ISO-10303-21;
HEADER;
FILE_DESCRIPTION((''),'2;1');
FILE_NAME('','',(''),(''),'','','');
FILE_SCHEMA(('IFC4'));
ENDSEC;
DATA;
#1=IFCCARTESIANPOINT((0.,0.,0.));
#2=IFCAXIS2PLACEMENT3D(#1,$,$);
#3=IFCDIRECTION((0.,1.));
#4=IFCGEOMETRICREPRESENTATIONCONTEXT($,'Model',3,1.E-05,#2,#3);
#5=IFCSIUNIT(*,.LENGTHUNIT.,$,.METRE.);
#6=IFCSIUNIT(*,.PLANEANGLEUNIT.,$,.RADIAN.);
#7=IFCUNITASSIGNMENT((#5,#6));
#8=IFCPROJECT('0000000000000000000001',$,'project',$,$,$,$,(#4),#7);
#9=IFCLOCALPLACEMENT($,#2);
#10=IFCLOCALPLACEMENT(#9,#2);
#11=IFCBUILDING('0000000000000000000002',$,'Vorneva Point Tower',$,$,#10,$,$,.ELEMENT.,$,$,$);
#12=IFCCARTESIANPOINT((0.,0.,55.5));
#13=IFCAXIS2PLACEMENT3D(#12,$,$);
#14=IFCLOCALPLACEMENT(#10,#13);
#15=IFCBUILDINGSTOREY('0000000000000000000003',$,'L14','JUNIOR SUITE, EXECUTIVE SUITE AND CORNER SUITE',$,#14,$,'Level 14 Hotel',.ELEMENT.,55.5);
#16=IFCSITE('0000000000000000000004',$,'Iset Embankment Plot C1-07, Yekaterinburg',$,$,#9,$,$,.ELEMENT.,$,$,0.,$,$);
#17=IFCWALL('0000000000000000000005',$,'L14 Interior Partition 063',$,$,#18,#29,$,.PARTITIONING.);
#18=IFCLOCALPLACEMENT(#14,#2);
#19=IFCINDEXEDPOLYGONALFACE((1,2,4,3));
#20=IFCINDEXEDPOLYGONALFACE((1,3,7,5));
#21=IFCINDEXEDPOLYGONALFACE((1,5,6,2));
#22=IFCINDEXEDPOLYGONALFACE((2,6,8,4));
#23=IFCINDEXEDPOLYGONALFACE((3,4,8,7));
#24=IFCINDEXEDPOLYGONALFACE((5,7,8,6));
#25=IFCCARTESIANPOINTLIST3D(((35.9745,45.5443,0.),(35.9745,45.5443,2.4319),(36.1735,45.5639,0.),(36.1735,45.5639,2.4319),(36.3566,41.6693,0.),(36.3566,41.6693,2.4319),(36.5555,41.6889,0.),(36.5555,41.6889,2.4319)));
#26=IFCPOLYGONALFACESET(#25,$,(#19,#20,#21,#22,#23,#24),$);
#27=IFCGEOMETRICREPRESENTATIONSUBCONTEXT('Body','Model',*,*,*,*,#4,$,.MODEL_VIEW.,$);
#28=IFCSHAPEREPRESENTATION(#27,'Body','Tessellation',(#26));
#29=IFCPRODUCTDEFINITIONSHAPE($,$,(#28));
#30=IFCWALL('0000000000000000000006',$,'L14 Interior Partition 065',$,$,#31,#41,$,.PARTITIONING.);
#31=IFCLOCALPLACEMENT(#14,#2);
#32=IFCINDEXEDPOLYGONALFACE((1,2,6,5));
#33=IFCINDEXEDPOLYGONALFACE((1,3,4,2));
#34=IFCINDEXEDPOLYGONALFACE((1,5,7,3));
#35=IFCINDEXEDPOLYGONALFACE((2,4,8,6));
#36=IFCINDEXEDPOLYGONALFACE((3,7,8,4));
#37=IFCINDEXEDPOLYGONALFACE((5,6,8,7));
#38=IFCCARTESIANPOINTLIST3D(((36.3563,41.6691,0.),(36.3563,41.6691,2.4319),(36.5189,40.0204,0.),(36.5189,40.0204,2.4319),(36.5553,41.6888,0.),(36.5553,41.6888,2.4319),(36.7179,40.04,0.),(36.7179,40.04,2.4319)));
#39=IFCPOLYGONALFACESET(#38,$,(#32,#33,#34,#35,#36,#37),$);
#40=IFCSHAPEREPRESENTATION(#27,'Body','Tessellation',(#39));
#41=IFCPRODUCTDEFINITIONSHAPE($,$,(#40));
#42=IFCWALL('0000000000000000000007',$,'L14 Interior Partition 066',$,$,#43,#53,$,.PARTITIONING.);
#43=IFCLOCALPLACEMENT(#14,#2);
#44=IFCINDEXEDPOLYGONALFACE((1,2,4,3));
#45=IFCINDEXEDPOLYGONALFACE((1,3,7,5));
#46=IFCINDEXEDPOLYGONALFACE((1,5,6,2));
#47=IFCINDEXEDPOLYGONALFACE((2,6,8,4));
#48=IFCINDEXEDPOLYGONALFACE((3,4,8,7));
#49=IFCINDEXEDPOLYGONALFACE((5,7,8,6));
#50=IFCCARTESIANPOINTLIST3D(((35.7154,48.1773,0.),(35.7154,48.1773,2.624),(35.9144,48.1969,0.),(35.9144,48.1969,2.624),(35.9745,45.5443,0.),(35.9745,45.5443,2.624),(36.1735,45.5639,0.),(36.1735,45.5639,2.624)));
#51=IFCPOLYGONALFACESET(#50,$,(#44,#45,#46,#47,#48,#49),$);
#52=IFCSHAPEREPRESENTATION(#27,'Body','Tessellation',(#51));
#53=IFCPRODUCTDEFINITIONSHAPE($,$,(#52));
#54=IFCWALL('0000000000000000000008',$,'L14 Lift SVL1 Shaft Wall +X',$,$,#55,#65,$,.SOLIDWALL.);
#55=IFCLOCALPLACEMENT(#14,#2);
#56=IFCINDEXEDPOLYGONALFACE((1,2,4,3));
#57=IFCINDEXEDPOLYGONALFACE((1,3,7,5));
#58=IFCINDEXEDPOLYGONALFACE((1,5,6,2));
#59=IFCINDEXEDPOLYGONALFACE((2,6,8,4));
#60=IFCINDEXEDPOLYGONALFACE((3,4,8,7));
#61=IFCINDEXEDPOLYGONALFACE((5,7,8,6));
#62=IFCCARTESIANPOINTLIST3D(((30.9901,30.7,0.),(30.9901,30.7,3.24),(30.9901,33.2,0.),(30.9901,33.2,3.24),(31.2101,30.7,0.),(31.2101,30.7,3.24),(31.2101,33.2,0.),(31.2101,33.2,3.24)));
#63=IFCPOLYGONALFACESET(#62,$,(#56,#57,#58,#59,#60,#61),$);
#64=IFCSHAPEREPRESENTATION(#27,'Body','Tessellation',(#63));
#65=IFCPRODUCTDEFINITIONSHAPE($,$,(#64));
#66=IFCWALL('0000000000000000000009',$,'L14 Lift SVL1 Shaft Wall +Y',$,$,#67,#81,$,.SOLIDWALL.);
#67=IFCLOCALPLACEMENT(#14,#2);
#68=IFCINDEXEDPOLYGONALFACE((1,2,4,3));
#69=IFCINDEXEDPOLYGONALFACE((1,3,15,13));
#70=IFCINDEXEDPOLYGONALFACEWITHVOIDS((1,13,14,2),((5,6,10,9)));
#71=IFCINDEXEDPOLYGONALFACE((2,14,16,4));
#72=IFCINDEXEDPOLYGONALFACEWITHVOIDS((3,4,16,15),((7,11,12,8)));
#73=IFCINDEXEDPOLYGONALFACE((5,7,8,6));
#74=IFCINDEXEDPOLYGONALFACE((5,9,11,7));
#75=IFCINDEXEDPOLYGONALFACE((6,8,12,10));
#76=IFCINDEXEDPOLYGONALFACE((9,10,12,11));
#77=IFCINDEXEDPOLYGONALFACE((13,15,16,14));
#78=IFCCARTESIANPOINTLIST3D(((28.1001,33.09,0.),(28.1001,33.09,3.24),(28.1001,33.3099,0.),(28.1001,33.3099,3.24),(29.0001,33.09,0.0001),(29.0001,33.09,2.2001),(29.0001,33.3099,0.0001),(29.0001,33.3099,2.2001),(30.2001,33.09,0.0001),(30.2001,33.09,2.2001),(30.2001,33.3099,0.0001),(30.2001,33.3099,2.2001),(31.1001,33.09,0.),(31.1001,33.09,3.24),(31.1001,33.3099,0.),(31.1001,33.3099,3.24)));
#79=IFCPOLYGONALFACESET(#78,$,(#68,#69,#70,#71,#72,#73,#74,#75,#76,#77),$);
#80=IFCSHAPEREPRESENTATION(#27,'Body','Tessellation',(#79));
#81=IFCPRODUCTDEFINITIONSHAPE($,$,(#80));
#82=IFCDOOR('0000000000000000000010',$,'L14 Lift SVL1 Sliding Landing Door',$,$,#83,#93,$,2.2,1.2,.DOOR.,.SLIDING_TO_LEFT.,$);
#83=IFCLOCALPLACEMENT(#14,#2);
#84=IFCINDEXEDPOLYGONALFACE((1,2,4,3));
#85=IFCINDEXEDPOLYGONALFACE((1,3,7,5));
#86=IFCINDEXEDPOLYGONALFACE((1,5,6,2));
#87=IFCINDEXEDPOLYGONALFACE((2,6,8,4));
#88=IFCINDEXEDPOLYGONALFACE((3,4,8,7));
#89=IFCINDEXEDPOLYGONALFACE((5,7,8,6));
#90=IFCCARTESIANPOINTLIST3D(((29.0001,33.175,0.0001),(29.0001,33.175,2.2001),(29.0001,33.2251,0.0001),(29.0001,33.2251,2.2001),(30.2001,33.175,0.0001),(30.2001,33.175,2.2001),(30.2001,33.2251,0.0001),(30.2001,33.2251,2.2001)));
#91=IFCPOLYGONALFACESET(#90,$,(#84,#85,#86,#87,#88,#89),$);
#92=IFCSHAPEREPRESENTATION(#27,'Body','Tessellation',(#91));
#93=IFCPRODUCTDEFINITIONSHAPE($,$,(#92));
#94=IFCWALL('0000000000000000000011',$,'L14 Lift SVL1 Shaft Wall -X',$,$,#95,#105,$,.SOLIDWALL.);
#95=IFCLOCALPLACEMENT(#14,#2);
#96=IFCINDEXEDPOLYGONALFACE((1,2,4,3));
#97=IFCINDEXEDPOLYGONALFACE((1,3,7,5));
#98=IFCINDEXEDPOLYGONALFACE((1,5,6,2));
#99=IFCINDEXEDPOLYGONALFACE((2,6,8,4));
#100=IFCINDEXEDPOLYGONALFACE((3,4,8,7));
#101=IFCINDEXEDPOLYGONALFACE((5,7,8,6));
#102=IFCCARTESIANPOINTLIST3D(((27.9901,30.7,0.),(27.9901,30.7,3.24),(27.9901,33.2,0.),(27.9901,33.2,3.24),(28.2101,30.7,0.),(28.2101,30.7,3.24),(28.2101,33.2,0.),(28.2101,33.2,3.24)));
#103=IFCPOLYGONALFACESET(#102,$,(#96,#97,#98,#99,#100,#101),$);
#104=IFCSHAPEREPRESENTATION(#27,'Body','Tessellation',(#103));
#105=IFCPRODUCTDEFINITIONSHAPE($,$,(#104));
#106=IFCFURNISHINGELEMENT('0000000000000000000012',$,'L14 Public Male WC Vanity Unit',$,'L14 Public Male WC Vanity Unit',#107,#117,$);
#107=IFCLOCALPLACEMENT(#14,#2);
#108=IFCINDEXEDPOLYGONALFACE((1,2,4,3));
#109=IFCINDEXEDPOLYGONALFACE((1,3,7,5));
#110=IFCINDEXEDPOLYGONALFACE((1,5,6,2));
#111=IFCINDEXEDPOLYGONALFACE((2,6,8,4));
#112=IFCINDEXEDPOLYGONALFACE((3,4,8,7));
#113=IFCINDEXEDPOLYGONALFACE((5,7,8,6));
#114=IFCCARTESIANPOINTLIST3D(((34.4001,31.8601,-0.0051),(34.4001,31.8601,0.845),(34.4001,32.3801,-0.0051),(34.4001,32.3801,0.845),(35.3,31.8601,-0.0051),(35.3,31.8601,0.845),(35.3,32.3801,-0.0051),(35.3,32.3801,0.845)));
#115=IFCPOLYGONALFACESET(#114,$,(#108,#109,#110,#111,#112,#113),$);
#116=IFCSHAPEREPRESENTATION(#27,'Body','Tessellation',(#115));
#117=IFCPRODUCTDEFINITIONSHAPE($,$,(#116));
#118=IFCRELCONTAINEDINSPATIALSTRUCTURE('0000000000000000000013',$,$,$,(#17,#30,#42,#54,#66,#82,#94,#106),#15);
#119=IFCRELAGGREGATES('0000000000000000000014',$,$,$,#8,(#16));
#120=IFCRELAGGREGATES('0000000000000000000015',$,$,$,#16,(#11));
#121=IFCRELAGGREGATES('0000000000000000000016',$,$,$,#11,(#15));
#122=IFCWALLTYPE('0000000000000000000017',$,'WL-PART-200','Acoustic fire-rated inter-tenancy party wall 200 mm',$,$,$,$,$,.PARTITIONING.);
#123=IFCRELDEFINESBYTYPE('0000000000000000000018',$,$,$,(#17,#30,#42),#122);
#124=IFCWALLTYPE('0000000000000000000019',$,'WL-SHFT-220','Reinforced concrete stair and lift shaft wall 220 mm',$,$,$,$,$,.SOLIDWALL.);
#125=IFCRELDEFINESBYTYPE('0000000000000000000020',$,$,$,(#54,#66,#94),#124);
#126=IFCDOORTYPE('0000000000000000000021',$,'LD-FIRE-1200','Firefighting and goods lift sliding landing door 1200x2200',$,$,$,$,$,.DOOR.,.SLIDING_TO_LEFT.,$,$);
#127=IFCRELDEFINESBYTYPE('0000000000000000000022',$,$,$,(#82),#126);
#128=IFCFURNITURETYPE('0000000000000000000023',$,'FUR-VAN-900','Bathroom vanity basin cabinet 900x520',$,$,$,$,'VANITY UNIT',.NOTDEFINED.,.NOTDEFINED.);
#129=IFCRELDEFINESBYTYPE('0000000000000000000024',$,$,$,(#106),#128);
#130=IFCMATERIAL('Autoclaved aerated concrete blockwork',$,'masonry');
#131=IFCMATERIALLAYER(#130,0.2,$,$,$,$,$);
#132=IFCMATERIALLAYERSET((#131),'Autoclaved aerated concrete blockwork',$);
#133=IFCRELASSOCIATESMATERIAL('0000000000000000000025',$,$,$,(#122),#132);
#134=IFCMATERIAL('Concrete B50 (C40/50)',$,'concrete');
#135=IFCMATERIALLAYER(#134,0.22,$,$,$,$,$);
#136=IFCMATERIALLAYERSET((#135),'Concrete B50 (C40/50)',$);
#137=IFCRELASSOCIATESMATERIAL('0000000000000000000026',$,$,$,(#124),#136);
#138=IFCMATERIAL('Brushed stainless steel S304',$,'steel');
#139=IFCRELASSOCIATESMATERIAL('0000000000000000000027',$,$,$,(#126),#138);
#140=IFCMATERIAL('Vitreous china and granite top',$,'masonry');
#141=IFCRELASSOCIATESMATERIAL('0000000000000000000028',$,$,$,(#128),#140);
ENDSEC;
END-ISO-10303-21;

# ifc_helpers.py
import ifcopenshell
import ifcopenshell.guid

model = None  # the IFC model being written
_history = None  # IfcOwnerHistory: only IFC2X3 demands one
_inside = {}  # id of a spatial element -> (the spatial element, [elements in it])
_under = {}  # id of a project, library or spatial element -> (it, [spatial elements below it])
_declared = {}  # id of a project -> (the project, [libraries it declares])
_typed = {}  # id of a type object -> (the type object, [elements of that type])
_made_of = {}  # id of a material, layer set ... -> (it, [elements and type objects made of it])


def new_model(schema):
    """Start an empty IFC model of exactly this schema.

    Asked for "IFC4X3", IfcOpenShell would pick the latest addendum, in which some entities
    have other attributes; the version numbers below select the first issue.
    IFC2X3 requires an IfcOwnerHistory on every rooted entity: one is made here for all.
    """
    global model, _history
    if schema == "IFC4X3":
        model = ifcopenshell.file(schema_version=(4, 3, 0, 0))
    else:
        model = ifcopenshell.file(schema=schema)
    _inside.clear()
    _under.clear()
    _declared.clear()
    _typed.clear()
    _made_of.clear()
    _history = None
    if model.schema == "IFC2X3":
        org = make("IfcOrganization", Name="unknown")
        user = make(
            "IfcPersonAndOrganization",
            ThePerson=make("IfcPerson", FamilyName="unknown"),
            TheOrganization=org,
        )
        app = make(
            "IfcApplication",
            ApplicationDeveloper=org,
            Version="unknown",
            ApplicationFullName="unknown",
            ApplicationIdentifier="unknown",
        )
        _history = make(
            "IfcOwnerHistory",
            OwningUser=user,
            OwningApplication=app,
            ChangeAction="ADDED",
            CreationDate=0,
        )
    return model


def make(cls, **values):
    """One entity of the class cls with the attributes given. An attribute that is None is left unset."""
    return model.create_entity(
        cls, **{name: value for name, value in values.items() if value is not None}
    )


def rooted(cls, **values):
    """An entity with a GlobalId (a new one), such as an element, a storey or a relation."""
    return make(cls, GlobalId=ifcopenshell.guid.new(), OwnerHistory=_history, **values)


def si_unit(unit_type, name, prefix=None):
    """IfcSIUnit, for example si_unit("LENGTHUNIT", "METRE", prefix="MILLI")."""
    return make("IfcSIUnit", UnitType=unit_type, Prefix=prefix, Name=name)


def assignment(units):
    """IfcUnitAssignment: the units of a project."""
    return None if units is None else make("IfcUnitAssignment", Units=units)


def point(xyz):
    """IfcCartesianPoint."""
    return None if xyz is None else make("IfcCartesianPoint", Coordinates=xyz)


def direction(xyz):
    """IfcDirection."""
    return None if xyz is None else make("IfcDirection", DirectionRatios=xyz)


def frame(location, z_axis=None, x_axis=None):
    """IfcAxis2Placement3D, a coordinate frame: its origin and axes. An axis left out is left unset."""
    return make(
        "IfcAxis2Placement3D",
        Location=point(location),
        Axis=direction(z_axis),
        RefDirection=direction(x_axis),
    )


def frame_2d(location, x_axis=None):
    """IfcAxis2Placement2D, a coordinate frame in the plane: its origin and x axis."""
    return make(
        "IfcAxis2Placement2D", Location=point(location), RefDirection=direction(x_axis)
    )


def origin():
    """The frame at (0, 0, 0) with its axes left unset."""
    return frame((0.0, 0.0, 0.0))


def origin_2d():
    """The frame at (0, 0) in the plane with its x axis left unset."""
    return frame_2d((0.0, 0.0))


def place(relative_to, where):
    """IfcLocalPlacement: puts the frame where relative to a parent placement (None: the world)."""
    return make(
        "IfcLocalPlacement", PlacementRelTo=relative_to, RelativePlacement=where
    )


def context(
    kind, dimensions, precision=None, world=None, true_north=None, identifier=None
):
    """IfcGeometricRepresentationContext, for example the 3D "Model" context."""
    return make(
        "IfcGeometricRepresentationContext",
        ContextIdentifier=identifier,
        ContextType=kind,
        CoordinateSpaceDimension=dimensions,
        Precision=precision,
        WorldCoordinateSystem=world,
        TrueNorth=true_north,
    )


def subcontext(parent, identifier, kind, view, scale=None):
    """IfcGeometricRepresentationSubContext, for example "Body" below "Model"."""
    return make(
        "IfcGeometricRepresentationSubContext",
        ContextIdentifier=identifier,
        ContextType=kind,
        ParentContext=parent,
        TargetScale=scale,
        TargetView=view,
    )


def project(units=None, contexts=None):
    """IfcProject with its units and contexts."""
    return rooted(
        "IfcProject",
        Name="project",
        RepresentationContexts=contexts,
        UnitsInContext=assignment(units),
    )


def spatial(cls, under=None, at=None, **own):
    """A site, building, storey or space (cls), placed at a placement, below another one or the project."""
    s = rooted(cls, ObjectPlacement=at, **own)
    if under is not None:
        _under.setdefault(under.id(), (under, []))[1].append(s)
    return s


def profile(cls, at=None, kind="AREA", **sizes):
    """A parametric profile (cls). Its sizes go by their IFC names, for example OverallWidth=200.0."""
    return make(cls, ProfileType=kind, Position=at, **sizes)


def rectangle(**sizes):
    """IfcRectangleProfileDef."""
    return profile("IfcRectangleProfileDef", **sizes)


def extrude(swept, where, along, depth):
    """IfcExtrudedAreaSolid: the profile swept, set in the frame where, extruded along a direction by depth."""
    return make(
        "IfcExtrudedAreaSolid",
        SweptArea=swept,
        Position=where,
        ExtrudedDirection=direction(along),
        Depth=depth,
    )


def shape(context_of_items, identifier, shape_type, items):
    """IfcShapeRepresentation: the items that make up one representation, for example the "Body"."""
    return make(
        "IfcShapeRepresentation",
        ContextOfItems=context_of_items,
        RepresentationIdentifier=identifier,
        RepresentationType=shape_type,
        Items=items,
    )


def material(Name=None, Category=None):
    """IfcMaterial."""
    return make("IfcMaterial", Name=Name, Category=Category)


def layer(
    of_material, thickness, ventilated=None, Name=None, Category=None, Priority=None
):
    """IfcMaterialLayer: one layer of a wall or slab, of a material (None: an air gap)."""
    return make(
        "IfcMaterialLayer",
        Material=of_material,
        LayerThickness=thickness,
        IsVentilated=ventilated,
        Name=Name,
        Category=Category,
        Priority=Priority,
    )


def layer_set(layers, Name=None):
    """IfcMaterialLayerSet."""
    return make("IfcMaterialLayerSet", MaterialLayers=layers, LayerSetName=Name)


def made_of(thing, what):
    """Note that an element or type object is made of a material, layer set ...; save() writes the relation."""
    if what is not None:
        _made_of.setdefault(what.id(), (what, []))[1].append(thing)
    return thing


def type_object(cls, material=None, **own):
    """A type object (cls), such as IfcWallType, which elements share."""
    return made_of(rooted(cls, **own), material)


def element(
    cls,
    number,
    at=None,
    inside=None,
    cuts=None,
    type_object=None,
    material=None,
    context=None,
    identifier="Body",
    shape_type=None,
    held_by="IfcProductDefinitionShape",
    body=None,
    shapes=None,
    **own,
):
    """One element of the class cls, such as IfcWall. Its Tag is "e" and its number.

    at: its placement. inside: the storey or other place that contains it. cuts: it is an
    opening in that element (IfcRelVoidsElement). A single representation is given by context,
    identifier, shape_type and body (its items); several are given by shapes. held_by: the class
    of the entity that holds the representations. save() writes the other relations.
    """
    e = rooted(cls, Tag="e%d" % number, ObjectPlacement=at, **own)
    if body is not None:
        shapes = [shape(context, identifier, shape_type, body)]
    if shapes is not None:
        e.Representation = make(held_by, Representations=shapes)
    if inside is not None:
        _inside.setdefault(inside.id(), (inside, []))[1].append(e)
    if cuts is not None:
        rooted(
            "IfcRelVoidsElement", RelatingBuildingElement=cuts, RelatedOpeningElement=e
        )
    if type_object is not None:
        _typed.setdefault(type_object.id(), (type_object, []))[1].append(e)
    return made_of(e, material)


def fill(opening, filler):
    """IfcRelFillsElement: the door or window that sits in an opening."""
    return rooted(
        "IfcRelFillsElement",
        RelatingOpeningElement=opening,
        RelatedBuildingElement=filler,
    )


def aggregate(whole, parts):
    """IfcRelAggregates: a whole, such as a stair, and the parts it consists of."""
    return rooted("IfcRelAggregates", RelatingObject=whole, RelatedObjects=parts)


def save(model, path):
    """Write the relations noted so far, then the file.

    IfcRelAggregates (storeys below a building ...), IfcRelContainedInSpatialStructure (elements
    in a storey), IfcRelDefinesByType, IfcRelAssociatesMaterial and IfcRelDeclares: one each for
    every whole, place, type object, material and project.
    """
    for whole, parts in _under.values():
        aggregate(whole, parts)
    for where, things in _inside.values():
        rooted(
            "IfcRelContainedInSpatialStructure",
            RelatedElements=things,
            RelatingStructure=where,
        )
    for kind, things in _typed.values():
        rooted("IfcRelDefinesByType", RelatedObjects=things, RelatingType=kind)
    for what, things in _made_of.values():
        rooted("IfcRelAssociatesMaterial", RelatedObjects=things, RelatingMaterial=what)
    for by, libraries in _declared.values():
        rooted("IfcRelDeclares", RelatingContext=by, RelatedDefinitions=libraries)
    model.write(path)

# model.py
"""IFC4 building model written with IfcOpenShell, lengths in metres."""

from ifc_helpers import new_model, si_unit, direction, frame, frame_2d, origin, origin_2d, place, context, subcontext, project, spatial, rectangle, extrude, material, layer, layer_set, type_object, element, fill, save


model = new_model("IFC4")

# Units and contexts
model_context = context("Model", 3, precision=1e-05, world=origin(), true_north=direction((0.0, 1.0)))
body_context = subcontext(model_context, "Body", "Model", "MODEL_VIEW")
ifc_project = project(units=[si_unit("LENGTHUNIT", "METRE"), si_unit("PLANEANGLEUNIT", "RADIAN")], contexts=[model_context])

# Site, building, storey
site_placement = place(None, origin())
site = spatial("IfcSite", under=ifc_project, at=site_placement, Name="Iset Embankment Plot C1-07, Yekaterinburg", CompositionType="ELEMENT", RefElevation=0.0)
building_placement = place(site_placement, origin())
building = spatial("IfcBuilding", under=site, at=building_placement, Name="Vorneva Point Tower", CompositionType="ELEMENT")
storey_placement = place(building_placement, frame((0.0, 0.0, 55.5)))
storey = spatial("IfcBuildingStorey", under=building, at=storey_placement, Name="L14", Description="JUNIOR SUITE, EXECUTIVE SUITE AND CORNER SUITE", LongName="Level 14 Hotel", CompositionType="ELEMENT", Elevation=55.5)

# Shared definitions
ifc_material_1 = material(Name="Autoclaved aerated concrete blockwork", Category="masonry")

# Walls
ifc_layer_1 = layer(ifc_material_1, 0.2)
ifc_layer_set_1 = layer_set([ifc_layer_1], Name="Autoclaved aerated concrete blockwork")
wall_type_1 = type_object("IfcWallType", Name="WL-PART-200", Description="Acoustic fire-rated inter-tenancy party wall 200 mm", PredefinedType="PARTITIONING", material=ifc_layer_set_1)
wall_1_placement = place(storey_placement, frame((36.074, 45.554, 0.0), z_axis=(0.0, 0.0, 1.0), x_axis=(0.098125, -0.995174, 0.0)))
element("IfcWall", 1, at=wall_1_placement, inside=storey, type_object=wall_type_1, Name="L14 Interior Partition 063", PredefinedType="PARTITIONING", context=body_context, shape_type="SweptSolid", body=[
    extrude(rectangle(XDim=3.8938, YDim=0.2, at=frame_2d((1.9468, 0.0))), origin(), (0.0, 0.0, 1.0), 2.4319),
])
wall_2_placement = place(storey_placement, frame((36.4558, 41.679, 0.0), z_axis=(0.0, 0.0, 1.0), x_axis=(0.098147, -0.995172, 0.0)))
element("IfcWall", 2, at=wall_2_placement, inside=storey, type_object=wall_type_1, Name="L14 Interior Partition 065", PredefinedType="PARTITIONING", context=body_context, shape_type="SweptSolid", body=[
    extrude(rectangle(XDim=1.6567, YDim=0.2, at=frame_2d((0.8284, 0.0))), origin(), (0.0, 0.0, 1.0), 2.4319),
])
wall_3_placement = place(storey_placement, frame((35.8149, 48.187, 0.0), z_axis=(0.0, 0.0, 1.0), x_axis=(0.097905, -0.995196, 0.0)))
element("IfcWall", 3, at=wall_3_placement, inside=storey, type_object=wall_type_1, Name="L14 Interior Partition 066", PredefinedType="PARTITIONING", context=body_context, shape_type="SweptSolid", body=[
    extrude(rectangle(XDim=2.6458, YDim=0.2, at=frame_2d((1.3228, 0.0))), origin(), (0.0, 0.0, 1.0), 2.624),
])
ifc_material_2 = material(Name="Concrete B50 (C40/50)", Category="concrete")
ifc_layer_2 = layer(ifc_material_2, 0.22)
ifc_layer_set_2 = layer_set([ifc_layer_2], Name="Concrete B50 (C40/50)")
wall_type_2 = type_object("IfcWallType", Name="WL-SHFT-220", Description="Reinforced concrete stair and lift shaft wall 220 mm", PredefinedType="SOLIDWALL", material=ifc_layer_set_2)
wall_4_placement = place(storey_placement, frame((31.1001, 30.7, 0.0), z_axis=(0.0, 0.0, 1.0), x_axis=(0.0, 1.0, 0.0)))
element("IfcWall", 4, at=wall_4_placement, inside=storey, type_object=wall_type_2, Name="L14 Lift SVL1 Shaft Wall +X", PredefinedType="SOLIDWALL", context=body_context, shape_type="SweptSolid", body=[
    extrude(rectangle(XDim=2.5, YDim=0.22, at=frame_2d((1.25, 0.0))), origin(), (0.0, 0.0, 1.0), 3.24),
])

# Wall, opening, door
wall_5_placement = place(storey_placement, frame((31.1001, 33.2, 0.0), z_axis=(0.0, 0.0, 1.0), x_axis=(-1.0, 0.0, 0.0)))
wall_5 = element("IfcWall", 5, at=wall_5_placement, inside=storey, type_object=wall_type_2, Name="L14 Lift SVL1 Shaft Wall +Y", PredefinedType="SOLIDWALL", context=body_context, shape_type="SweptSolid", body=[
    extrude(rectangle(XDim=3.0, YDim=0.22, at=frame_2d((1.5, 0.0))), origin(), (0.0, 0.0, 1.0), 3.24),
])
opening_1_placement = place(wall_5_placement, frame((0.8999, 0.0, 0.0)))
opening_1 = element("IfcOpeningElement", 6, at=opening_1_placement, cuts=wall_5, PredefinedType="OPENING", context=body_context, shape_type="SweptSolid", body=[
    extrude(rectangle(XDim=1.2, YDim=2.2, at=frame_2d((0.6001, 1.1001))), frame((0.0, 0.125, 0.0), z_axis=(0.0, -1.0, 0.0), x_axis=(1.0, 0.0, 0.0)), (0.0, 0.0, 1.0), 0.2498),
])
ifc_material_3 = material(Name="Brushed stainless steel S304", Category="steel")
door_type_1 = type_object("IfcDoorType", Name="LD-FIRE-1200", Description="Firefighting and goods lift sliding landing door 1200x2200", OperationType="SLIDING_TO_LEFT", PredefinedType="DOOR", material=ifc_material_3)
door_1_placement = place(opening_1_placement, origin())
door_1 = element("IfcDoor", 7, at=door_1_placement, inside=storey, type_object=door_type_1, Name="L14 Lift SVL1 Sliding Landing Door", OperationType="SLIDING_TO_LEFT", OverallHeight=2.2, OverallWidth=1.2, PredefinedType="DOOR", context=body_context, shape_type="SweptSolid", body=[
    extrude(rectangle(XDim=1.2, YDim=2.2, at=frame_2d((0.6001, 1.1001))), frame((0.0, 0.0249, 0.0), z_axis=(0.0, -1.0, 0.0), x_axis=(1.0, 0.0, 0.0)), (0.0, 0.0, 1.0), 0.05),
])
fill(opening_1, door_1)

# Wall
wall_6_placement = place(storey_placement, frame((28.1001, 33.2, 0.0), z_axis=(0.0, 0.0, 1.0), x_axis=(0.0, -1.0, 0.0)))
element("IfcWall", 8, at=wall_6_placement, inside=storey, type_object=wall_type_2, Name="L14 Lift SVL1 Shaft Wall -X", PredefinedType="SOLIDWALL", context=body_context, shape_type="SweptSolid", body=[
    extrude(rectangle(XDim=2.5, YDim=0.22, at=frame_2d((1.25, 0.0))), origin(), (0.0, 0.0, 1.0), 3.24),
])

# Furnishing element
ifc_material_4 = material(Name="Vitreous china and granite top", Category="masonry")
furniture_type = type_object("IfcFurnitureType", Name="FUR-VAN-900", Description="Bathroom vanity basin cabinet 900x520", ElementType="VANITY UNIT", AssemblyPlace="NOTDEFINED", PredefinedType="NOTDEFINED", material=ifc_material_4)
furnishing_placement = place(storey_placement, frame((34.8501, 32.1201, -0.0051), z_axis=(0.0, 0.0, 1.0), x_axis=(1.0, 0.0, 0.0)))
element("IfcFurnishingElement", 9, at=furnishing_placement, inside=storey, type_object=furniture_type, Name="L14 Public Male WC Vanity Unit", ObjectType="L14 Public Male WC Vanity Unit", context=body_context, shape_type="SweptSolid", body=[
    extrude(rectangle(XDim=0.8999, YDim=0.52, at=origin_2d()), origin(), (0.0, 0.0, 1.0), 0.8501),
])

save(model, "model.ifc")
